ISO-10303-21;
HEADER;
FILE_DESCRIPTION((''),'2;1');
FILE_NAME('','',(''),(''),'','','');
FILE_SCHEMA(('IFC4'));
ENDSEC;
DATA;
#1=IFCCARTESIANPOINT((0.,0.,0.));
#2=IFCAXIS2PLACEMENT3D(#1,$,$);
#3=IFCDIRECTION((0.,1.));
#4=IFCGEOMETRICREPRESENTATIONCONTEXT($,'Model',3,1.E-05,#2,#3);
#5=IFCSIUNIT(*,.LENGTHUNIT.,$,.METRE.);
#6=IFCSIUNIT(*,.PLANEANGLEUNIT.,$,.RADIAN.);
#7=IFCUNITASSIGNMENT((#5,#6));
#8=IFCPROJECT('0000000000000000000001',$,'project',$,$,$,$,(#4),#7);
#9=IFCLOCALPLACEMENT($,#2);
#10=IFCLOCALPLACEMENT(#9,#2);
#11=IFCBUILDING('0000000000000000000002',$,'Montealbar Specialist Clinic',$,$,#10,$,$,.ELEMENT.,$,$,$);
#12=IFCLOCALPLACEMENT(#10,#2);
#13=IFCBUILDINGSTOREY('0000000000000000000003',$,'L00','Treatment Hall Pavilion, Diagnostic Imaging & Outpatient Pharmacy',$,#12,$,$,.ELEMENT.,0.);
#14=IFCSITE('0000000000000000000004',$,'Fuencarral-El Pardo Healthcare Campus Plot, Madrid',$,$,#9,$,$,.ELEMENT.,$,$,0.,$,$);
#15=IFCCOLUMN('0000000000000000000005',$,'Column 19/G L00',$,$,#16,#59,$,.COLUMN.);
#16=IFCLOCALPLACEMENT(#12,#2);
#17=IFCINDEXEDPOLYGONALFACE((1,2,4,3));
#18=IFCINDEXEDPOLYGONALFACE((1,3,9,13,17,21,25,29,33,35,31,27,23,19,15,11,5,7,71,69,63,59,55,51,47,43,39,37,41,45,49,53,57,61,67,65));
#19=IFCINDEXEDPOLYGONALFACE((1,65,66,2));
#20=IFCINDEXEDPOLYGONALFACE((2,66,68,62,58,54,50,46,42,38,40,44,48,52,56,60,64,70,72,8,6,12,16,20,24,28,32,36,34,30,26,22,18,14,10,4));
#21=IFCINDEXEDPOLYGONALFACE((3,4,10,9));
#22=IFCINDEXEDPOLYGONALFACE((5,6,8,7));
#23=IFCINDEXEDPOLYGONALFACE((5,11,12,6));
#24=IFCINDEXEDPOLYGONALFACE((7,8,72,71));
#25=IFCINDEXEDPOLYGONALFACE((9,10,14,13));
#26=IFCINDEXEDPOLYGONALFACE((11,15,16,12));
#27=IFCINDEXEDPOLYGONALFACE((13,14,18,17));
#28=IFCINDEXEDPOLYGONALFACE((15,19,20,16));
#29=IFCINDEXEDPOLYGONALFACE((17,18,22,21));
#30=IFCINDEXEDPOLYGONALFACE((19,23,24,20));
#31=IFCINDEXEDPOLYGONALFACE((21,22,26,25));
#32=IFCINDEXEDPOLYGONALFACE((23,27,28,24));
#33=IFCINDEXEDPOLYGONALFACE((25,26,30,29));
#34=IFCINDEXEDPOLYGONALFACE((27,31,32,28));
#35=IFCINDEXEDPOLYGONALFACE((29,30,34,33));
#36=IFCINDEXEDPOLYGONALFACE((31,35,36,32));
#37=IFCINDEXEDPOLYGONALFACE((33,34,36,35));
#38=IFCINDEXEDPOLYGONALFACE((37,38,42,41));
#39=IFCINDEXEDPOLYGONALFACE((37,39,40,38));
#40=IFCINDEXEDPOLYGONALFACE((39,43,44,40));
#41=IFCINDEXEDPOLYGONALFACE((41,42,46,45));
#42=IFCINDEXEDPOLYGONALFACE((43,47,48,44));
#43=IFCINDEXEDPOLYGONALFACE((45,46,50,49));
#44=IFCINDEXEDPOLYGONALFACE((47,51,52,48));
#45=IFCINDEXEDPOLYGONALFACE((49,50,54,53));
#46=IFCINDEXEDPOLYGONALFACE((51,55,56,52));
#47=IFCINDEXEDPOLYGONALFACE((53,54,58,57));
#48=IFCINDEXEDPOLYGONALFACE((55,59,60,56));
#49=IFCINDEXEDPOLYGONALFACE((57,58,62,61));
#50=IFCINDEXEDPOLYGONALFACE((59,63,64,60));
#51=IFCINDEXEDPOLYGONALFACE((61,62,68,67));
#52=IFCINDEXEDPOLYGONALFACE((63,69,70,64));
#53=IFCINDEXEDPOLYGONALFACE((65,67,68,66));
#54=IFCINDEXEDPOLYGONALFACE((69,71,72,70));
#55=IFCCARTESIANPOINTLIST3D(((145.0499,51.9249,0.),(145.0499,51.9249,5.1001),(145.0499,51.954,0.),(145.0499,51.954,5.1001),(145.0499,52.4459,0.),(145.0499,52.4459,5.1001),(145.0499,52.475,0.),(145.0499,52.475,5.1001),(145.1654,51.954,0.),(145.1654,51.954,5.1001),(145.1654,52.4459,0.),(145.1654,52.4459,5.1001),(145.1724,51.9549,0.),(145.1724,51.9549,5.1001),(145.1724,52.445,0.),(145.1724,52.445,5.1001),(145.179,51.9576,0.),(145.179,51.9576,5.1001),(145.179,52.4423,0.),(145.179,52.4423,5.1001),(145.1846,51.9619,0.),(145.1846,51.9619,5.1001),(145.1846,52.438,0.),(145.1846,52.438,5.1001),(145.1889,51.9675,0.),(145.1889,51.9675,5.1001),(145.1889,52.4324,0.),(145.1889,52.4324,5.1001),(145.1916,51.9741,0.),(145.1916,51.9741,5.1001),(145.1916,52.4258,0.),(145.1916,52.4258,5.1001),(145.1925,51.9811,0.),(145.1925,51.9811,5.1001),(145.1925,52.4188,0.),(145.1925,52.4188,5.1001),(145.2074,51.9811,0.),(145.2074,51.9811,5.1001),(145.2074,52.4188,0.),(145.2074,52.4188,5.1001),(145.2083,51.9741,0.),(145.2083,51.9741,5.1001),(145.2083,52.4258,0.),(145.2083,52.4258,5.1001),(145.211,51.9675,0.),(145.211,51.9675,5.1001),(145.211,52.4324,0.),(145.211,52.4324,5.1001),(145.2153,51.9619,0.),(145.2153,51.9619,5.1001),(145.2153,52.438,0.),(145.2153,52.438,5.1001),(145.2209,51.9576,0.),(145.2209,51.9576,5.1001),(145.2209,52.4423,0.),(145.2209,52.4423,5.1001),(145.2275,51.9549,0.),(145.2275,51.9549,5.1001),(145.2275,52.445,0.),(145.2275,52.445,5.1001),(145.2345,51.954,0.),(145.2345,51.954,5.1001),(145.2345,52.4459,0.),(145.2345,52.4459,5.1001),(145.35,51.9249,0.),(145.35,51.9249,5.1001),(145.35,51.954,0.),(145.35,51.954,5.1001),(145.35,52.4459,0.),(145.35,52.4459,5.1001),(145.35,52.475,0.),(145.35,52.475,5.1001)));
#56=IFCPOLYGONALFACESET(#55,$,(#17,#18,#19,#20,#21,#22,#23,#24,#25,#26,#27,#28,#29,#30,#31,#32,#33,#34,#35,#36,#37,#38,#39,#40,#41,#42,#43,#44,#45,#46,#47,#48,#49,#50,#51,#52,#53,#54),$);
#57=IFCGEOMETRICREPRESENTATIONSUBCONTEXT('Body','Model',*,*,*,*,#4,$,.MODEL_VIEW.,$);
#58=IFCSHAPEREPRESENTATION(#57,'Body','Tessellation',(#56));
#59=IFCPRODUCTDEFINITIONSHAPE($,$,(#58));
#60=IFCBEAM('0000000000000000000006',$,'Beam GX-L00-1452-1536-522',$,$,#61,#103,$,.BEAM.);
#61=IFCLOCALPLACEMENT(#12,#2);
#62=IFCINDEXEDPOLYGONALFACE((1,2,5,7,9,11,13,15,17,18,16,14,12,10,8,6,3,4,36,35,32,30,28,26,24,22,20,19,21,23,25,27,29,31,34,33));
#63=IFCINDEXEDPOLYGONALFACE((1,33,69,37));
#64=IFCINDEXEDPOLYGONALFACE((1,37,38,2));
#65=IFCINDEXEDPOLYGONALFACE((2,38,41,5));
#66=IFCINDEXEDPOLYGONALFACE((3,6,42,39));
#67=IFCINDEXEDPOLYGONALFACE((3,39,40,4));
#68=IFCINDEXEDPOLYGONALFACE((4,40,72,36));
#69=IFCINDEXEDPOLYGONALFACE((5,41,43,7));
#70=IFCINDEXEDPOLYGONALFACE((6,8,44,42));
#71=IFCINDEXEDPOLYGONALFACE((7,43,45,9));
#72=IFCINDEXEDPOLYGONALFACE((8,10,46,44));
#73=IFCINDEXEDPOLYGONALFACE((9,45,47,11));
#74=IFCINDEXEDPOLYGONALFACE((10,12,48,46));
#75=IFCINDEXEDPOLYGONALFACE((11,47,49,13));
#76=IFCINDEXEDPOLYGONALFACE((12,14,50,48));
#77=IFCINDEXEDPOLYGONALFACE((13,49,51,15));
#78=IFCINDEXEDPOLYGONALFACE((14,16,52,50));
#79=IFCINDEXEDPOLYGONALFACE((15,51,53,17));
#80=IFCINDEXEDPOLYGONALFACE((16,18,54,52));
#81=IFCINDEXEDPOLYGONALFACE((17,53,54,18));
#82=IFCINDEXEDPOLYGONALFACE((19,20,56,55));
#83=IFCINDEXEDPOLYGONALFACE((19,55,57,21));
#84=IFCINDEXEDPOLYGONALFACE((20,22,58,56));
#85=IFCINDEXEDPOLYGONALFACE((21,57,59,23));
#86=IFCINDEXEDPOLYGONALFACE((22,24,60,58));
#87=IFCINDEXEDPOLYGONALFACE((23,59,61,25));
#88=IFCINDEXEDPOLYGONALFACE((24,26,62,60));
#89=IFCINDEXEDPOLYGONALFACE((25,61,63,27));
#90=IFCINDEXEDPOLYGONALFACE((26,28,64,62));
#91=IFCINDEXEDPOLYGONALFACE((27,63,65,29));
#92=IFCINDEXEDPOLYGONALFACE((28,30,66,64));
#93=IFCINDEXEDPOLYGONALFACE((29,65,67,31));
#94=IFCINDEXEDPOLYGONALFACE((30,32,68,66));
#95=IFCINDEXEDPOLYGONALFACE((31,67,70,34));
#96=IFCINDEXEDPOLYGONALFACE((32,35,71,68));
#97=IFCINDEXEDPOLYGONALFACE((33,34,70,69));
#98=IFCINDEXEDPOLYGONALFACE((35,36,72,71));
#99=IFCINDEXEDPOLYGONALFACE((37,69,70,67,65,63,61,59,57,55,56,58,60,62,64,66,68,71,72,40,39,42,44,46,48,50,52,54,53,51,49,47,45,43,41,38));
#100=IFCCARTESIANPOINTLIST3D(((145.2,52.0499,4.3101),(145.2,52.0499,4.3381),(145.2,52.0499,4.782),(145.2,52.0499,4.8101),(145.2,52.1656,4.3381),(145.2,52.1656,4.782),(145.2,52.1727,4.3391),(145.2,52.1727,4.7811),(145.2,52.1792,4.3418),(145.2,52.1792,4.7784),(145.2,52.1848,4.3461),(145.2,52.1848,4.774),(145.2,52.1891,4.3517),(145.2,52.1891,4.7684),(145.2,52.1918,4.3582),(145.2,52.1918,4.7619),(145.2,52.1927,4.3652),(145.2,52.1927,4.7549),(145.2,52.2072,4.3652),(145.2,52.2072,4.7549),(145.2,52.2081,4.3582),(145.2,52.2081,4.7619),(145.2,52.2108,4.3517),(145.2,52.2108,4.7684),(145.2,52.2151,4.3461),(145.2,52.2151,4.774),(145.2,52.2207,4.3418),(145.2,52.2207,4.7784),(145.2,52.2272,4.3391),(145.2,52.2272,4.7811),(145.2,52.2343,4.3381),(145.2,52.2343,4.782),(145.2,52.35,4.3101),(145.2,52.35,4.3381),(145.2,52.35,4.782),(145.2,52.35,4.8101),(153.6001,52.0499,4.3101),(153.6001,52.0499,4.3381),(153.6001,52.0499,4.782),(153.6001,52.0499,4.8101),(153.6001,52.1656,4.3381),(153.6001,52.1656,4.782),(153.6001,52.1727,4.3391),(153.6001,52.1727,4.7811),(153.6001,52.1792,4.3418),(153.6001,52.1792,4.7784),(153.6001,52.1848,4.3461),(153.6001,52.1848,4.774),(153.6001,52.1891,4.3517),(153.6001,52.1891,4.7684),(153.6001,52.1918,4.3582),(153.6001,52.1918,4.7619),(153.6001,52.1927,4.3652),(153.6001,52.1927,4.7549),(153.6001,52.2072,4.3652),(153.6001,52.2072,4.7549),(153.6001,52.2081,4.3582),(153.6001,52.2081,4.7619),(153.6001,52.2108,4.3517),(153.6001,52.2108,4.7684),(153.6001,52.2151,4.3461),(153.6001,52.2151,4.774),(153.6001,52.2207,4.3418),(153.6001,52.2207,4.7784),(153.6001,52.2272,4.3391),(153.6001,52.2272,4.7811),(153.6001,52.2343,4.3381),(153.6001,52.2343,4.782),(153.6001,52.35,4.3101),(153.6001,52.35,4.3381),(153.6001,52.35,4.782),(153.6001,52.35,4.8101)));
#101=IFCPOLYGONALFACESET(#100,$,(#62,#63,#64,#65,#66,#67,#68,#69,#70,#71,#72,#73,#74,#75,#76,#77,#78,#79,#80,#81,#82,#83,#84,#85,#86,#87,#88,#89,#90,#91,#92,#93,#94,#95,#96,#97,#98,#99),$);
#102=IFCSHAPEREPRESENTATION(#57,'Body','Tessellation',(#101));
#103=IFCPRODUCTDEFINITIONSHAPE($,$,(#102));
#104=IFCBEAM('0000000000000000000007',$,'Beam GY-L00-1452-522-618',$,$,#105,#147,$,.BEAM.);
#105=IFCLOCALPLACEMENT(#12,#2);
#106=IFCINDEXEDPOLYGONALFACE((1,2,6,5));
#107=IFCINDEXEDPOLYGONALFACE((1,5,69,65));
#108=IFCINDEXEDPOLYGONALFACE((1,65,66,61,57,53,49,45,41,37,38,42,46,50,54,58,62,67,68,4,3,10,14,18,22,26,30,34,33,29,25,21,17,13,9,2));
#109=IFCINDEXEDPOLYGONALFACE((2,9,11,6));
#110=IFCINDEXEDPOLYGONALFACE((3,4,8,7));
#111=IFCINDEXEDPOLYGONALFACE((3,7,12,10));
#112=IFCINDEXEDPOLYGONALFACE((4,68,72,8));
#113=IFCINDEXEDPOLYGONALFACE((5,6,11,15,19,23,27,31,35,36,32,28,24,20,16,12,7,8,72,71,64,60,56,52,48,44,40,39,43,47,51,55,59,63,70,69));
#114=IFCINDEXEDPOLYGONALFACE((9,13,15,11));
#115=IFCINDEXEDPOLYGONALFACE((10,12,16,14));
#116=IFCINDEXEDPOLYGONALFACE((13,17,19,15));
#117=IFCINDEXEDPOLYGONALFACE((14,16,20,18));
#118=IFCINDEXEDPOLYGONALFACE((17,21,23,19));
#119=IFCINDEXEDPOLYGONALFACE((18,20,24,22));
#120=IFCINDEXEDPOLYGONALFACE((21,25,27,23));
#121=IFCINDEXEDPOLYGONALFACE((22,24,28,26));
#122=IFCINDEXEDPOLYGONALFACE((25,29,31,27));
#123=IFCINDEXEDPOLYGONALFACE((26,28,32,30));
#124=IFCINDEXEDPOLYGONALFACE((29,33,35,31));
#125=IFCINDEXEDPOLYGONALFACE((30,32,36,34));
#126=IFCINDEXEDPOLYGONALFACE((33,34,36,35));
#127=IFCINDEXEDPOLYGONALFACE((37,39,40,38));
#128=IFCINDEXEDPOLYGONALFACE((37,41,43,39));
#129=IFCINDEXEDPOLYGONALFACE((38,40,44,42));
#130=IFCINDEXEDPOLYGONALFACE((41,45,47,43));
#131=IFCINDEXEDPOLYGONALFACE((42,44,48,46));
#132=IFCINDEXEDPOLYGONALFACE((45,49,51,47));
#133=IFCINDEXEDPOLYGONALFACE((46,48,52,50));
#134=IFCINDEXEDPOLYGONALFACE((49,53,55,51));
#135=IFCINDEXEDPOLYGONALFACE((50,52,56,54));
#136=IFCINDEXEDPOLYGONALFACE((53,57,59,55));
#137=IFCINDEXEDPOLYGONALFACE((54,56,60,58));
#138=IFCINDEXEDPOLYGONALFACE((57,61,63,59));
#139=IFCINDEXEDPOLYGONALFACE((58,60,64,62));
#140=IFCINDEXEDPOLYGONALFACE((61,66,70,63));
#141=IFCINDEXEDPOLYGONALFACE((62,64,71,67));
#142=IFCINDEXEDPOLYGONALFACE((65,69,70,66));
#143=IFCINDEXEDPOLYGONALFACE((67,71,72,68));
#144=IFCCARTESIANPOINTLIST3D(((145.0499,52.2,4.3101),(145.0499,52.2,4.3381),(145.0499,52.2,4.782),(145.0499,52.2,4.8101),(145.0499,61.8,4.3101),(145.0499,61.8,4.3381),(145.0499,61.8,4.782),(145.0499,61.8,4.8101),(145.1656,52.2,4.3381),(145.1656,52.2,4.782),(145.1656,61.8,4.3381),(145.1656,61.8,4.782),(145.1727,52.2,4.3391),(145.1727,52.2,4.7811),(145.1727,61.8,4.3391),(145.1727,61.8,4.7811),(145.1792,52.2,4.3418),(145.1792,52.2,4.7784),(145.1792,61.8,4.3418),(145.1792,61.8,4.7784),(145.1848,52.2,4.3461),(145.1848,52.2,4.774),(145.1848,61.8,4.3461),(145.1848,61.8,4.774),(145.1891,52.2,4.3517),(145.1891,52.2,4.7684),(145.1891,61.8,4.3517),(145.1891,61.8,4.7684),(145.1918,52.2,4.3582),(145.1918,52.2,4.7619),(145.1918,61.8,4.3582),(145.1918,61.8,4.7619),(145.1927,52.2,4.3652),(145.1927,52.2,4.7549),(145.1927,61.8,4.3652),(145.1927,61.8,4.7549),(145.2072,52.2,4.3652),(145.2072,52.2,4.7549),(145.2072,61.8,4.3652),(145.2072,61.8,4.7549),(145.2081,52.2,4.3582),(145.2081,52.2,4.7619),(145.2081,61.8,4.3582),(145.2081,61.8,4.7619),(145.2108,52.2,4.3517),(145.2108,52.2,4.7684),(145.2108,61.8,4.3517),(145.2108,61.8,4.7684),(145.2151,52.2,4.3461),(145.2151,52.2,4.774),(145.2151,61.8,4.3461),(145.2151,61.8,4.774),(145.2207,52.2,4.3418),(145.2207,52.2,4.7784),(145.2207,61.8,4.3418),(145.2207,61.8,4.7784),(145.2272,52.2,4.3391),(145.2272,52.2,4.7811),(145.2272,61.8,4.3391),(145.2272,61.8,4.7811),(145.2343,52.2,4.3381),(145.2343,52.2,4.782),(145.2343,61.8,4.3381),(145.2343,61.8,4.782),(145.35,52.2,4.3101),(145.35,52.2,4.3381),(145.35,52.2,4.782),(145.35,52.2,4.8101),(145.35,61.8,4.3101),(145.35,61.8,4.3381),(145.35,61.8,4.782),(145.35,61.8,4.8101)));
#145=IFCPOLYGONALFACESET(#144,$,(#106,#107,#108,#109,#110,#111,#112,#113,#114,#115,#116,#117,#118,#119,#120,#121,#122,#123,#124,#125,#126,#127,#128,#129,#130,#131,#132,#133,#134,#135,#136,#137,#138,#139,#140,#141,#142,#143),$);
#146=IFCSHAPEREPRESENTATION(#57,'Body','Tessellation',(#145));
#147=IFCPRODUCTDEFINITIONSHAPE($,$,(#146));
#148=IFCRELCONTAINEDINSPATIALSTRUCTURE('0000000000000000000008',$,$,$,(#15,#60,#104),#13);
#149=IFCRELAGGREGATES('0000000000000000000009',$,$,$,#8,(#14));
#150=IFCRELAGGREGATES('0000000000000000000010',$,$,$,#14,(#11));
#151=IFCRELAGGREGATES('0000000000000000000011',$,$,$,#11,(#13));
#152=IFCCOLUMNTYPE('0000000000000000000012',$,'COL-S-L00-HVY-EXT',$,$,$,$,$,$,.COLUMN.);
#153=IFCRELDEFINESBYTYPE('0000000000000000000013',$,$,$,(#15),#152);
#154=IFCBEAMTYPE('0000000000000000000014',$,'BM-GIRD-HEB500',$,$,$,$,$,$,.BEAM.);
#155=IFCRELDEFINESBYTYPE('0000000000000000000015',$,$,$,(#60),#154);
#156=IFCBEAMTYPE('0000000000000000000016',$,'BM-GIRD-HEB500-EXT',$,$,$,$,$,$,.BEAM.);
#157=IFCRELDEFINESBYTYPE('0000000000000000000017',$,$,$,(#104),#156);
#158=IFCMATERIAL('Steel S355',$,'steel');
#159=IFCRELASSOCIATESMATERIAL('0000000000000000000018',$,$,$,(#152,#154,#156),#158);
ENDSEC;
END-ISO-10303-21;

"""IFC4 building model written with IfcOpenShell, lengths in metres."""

from ifc_helpers import new_model, si_unit, direction, frame, origin, origin_2d, place, context, subcontext, project, spatial, i_section, extrude, material, material_profile, profile_set, type_object, element, save


model = new_model("IFC4")

# Units and contexts
model_context = context("Model", 3, precision=1e-05, world=origin(), true_north=direction((0.0, 1.0)))
body_context = subcontext(model_context, "Body", "Model", "MODEL_VIEW")
ifc_project = project(units=[si_unit("LENGTHUNIT", "METRE"), si_unit("PLANEANGLEUNIT", "RADIAN")], contexts=[model_context])

# Site, building, storey
site_placement = place(None, origin())
site = spatial("IfcSite", under=ifc_project, at=site_placement, Name="Fuencarral-El Pardo Healthcare Campus Plot, Madrid", CompositionType="ELEMENT", RefElevation=0.0)
building_placement = place(site_placement, origin())
building = spatial("IfcBuilding", under=site, at=building_placement, Name="Montealbar Specialist Clinic", CompositionType="ELEMENT")
storey_placement = place(building_placement, origin())
storey = spatial("IfcBuildingStorey", under=building, at=storey_placement, Name="L00", Description="Treatment Hall Pavilion, Diagnostic Imaging & Outpatient Pharmacy", CompositionType="ELEMENT", Elevation=0.0)

# Column
ifc_material_1 = material(Name="Steel S355", Category="steel")
ifc_material_profile_1 = material_profile(ifc_material_1, i_section(OverallWidth=0.3, OverallDepth=0.55, WebThickness=0.0149, FlangeThickness=0.0291, FilletRadius=0.0271, at=origin_2d()), Name="HEB 550", Category="steel")
ifc_profile_set_1 = profile_set([ifc_material_profile_1], Name="Steel S355")
column_type = type_object("IfcColumnType", Name="COL-S-L00-HVY-EXT", PredefinedType="COLUMN", material=ifc_profile_set_1)
column_placement = place(storey_placement, frame((145.2, 52.2, 0.0), z_axis=(0.0, 0.0, 1.0), x_axis=(1.0, 0.0, 0.0)))
element("IfcColumn", 1, at=column_placement, inside=storey, type_object=column_type, Name="Column 19/G L00", PredefinedType="COLUMN", context=body_context, shape_type="SweptSolid", body=[
    extrude(i_section(OverallWidth=0.3, OverallDepth=0.55, WebThickness=0.0149, FlangeThickness=0.0291, FilletRadius=0.0271, at=origin_2d()), origin(), (0.0, 0.0, 1.0), 5.1001),
])

# Beams
ifc_material_profile_2 = material_profile(ifc_material_1, i_section(OverallWidth=0.3, OverallDepth=0.5, WebThickness=0.0144, FlangeThickness=0.0281, FilletRadius=0.0271, at=origin_2d()), Name="HEB 500", Category="steel")
ifc_profile_set_2 = profile_set([ifc_material_profile_2], Name="Steel S355")
beam_type_1 = type_object("IfcBeamType", Name="BM-GIRD-HEB500", PredefinedType="BEAM", material=ifc_profile_set_2)
beam_1_placement = place(storey_placement, frame((145.2, 52.2, 4.5601), z_axis=(1.0, 0.0, 0.0), x_axis=(0.0, 1.0, 0.0)))
element("IfcBeam", 2, at=beam_1_placement, inside=storey, type_object=beam_type_1, Name="Beam GX-L00-1452-1536-522", PredefinedType="BEAM", context=body_context, shape_type="SweptSolid", body=[
    extrude(i_section(OverallWidth=0.3, OverallDepth=0.5, WebThickness=0.0144, FlangeThickness=0.0281, FilletRadius=0.0271, at=origin_2d()), origin(), (0.0, 0.0, 1.0), 8.4001),
])
ifc_material_profile_3 = material_profile(ifc_material_1, i_section(OverallWidth=0.3, OverallDepth=0.5, WebThickness=0.0144, FlangeThickness=0.0281, FilletRadius=0.0271, at=origin_2d()), Name="HEB 500", Category="steel")
ifc_profile_set_3 = profile_set([ifc_material_profile_3], Name="Steel S355")
beam_type_2 = type_object("IfcBeamType", Name="BM-GIRD-HEB500-EXT", PredefinedType="BEAM", material=ifc_profile_set_3)
beam_2_placement = place(storey_placement, frame((145.2, 52.2, 4.5601), z_axis=(0.0, 1.0, 0.0), x_axis=(-1.0, 0.0, 0.0)))
element("IfcBeam", 3, at=beam_2_placement, inside=storey, type_object=beam_type_2, Name="Beam GY-L00-1452-522-618", PredefinedType="BEAM", context=body_context, shape_type="SweptSolid", body=[
    extrude(i_section(OverallWidth=0.3, OverallDepth=0.5, WebThickness=0.0144, FlangeThickness=0.0281, FilletRadius=0.0271, at=origin_2d()), origin(), (0.0, 0.0, 1.0), 9.6001),
])

save(model, "model.ifc")
